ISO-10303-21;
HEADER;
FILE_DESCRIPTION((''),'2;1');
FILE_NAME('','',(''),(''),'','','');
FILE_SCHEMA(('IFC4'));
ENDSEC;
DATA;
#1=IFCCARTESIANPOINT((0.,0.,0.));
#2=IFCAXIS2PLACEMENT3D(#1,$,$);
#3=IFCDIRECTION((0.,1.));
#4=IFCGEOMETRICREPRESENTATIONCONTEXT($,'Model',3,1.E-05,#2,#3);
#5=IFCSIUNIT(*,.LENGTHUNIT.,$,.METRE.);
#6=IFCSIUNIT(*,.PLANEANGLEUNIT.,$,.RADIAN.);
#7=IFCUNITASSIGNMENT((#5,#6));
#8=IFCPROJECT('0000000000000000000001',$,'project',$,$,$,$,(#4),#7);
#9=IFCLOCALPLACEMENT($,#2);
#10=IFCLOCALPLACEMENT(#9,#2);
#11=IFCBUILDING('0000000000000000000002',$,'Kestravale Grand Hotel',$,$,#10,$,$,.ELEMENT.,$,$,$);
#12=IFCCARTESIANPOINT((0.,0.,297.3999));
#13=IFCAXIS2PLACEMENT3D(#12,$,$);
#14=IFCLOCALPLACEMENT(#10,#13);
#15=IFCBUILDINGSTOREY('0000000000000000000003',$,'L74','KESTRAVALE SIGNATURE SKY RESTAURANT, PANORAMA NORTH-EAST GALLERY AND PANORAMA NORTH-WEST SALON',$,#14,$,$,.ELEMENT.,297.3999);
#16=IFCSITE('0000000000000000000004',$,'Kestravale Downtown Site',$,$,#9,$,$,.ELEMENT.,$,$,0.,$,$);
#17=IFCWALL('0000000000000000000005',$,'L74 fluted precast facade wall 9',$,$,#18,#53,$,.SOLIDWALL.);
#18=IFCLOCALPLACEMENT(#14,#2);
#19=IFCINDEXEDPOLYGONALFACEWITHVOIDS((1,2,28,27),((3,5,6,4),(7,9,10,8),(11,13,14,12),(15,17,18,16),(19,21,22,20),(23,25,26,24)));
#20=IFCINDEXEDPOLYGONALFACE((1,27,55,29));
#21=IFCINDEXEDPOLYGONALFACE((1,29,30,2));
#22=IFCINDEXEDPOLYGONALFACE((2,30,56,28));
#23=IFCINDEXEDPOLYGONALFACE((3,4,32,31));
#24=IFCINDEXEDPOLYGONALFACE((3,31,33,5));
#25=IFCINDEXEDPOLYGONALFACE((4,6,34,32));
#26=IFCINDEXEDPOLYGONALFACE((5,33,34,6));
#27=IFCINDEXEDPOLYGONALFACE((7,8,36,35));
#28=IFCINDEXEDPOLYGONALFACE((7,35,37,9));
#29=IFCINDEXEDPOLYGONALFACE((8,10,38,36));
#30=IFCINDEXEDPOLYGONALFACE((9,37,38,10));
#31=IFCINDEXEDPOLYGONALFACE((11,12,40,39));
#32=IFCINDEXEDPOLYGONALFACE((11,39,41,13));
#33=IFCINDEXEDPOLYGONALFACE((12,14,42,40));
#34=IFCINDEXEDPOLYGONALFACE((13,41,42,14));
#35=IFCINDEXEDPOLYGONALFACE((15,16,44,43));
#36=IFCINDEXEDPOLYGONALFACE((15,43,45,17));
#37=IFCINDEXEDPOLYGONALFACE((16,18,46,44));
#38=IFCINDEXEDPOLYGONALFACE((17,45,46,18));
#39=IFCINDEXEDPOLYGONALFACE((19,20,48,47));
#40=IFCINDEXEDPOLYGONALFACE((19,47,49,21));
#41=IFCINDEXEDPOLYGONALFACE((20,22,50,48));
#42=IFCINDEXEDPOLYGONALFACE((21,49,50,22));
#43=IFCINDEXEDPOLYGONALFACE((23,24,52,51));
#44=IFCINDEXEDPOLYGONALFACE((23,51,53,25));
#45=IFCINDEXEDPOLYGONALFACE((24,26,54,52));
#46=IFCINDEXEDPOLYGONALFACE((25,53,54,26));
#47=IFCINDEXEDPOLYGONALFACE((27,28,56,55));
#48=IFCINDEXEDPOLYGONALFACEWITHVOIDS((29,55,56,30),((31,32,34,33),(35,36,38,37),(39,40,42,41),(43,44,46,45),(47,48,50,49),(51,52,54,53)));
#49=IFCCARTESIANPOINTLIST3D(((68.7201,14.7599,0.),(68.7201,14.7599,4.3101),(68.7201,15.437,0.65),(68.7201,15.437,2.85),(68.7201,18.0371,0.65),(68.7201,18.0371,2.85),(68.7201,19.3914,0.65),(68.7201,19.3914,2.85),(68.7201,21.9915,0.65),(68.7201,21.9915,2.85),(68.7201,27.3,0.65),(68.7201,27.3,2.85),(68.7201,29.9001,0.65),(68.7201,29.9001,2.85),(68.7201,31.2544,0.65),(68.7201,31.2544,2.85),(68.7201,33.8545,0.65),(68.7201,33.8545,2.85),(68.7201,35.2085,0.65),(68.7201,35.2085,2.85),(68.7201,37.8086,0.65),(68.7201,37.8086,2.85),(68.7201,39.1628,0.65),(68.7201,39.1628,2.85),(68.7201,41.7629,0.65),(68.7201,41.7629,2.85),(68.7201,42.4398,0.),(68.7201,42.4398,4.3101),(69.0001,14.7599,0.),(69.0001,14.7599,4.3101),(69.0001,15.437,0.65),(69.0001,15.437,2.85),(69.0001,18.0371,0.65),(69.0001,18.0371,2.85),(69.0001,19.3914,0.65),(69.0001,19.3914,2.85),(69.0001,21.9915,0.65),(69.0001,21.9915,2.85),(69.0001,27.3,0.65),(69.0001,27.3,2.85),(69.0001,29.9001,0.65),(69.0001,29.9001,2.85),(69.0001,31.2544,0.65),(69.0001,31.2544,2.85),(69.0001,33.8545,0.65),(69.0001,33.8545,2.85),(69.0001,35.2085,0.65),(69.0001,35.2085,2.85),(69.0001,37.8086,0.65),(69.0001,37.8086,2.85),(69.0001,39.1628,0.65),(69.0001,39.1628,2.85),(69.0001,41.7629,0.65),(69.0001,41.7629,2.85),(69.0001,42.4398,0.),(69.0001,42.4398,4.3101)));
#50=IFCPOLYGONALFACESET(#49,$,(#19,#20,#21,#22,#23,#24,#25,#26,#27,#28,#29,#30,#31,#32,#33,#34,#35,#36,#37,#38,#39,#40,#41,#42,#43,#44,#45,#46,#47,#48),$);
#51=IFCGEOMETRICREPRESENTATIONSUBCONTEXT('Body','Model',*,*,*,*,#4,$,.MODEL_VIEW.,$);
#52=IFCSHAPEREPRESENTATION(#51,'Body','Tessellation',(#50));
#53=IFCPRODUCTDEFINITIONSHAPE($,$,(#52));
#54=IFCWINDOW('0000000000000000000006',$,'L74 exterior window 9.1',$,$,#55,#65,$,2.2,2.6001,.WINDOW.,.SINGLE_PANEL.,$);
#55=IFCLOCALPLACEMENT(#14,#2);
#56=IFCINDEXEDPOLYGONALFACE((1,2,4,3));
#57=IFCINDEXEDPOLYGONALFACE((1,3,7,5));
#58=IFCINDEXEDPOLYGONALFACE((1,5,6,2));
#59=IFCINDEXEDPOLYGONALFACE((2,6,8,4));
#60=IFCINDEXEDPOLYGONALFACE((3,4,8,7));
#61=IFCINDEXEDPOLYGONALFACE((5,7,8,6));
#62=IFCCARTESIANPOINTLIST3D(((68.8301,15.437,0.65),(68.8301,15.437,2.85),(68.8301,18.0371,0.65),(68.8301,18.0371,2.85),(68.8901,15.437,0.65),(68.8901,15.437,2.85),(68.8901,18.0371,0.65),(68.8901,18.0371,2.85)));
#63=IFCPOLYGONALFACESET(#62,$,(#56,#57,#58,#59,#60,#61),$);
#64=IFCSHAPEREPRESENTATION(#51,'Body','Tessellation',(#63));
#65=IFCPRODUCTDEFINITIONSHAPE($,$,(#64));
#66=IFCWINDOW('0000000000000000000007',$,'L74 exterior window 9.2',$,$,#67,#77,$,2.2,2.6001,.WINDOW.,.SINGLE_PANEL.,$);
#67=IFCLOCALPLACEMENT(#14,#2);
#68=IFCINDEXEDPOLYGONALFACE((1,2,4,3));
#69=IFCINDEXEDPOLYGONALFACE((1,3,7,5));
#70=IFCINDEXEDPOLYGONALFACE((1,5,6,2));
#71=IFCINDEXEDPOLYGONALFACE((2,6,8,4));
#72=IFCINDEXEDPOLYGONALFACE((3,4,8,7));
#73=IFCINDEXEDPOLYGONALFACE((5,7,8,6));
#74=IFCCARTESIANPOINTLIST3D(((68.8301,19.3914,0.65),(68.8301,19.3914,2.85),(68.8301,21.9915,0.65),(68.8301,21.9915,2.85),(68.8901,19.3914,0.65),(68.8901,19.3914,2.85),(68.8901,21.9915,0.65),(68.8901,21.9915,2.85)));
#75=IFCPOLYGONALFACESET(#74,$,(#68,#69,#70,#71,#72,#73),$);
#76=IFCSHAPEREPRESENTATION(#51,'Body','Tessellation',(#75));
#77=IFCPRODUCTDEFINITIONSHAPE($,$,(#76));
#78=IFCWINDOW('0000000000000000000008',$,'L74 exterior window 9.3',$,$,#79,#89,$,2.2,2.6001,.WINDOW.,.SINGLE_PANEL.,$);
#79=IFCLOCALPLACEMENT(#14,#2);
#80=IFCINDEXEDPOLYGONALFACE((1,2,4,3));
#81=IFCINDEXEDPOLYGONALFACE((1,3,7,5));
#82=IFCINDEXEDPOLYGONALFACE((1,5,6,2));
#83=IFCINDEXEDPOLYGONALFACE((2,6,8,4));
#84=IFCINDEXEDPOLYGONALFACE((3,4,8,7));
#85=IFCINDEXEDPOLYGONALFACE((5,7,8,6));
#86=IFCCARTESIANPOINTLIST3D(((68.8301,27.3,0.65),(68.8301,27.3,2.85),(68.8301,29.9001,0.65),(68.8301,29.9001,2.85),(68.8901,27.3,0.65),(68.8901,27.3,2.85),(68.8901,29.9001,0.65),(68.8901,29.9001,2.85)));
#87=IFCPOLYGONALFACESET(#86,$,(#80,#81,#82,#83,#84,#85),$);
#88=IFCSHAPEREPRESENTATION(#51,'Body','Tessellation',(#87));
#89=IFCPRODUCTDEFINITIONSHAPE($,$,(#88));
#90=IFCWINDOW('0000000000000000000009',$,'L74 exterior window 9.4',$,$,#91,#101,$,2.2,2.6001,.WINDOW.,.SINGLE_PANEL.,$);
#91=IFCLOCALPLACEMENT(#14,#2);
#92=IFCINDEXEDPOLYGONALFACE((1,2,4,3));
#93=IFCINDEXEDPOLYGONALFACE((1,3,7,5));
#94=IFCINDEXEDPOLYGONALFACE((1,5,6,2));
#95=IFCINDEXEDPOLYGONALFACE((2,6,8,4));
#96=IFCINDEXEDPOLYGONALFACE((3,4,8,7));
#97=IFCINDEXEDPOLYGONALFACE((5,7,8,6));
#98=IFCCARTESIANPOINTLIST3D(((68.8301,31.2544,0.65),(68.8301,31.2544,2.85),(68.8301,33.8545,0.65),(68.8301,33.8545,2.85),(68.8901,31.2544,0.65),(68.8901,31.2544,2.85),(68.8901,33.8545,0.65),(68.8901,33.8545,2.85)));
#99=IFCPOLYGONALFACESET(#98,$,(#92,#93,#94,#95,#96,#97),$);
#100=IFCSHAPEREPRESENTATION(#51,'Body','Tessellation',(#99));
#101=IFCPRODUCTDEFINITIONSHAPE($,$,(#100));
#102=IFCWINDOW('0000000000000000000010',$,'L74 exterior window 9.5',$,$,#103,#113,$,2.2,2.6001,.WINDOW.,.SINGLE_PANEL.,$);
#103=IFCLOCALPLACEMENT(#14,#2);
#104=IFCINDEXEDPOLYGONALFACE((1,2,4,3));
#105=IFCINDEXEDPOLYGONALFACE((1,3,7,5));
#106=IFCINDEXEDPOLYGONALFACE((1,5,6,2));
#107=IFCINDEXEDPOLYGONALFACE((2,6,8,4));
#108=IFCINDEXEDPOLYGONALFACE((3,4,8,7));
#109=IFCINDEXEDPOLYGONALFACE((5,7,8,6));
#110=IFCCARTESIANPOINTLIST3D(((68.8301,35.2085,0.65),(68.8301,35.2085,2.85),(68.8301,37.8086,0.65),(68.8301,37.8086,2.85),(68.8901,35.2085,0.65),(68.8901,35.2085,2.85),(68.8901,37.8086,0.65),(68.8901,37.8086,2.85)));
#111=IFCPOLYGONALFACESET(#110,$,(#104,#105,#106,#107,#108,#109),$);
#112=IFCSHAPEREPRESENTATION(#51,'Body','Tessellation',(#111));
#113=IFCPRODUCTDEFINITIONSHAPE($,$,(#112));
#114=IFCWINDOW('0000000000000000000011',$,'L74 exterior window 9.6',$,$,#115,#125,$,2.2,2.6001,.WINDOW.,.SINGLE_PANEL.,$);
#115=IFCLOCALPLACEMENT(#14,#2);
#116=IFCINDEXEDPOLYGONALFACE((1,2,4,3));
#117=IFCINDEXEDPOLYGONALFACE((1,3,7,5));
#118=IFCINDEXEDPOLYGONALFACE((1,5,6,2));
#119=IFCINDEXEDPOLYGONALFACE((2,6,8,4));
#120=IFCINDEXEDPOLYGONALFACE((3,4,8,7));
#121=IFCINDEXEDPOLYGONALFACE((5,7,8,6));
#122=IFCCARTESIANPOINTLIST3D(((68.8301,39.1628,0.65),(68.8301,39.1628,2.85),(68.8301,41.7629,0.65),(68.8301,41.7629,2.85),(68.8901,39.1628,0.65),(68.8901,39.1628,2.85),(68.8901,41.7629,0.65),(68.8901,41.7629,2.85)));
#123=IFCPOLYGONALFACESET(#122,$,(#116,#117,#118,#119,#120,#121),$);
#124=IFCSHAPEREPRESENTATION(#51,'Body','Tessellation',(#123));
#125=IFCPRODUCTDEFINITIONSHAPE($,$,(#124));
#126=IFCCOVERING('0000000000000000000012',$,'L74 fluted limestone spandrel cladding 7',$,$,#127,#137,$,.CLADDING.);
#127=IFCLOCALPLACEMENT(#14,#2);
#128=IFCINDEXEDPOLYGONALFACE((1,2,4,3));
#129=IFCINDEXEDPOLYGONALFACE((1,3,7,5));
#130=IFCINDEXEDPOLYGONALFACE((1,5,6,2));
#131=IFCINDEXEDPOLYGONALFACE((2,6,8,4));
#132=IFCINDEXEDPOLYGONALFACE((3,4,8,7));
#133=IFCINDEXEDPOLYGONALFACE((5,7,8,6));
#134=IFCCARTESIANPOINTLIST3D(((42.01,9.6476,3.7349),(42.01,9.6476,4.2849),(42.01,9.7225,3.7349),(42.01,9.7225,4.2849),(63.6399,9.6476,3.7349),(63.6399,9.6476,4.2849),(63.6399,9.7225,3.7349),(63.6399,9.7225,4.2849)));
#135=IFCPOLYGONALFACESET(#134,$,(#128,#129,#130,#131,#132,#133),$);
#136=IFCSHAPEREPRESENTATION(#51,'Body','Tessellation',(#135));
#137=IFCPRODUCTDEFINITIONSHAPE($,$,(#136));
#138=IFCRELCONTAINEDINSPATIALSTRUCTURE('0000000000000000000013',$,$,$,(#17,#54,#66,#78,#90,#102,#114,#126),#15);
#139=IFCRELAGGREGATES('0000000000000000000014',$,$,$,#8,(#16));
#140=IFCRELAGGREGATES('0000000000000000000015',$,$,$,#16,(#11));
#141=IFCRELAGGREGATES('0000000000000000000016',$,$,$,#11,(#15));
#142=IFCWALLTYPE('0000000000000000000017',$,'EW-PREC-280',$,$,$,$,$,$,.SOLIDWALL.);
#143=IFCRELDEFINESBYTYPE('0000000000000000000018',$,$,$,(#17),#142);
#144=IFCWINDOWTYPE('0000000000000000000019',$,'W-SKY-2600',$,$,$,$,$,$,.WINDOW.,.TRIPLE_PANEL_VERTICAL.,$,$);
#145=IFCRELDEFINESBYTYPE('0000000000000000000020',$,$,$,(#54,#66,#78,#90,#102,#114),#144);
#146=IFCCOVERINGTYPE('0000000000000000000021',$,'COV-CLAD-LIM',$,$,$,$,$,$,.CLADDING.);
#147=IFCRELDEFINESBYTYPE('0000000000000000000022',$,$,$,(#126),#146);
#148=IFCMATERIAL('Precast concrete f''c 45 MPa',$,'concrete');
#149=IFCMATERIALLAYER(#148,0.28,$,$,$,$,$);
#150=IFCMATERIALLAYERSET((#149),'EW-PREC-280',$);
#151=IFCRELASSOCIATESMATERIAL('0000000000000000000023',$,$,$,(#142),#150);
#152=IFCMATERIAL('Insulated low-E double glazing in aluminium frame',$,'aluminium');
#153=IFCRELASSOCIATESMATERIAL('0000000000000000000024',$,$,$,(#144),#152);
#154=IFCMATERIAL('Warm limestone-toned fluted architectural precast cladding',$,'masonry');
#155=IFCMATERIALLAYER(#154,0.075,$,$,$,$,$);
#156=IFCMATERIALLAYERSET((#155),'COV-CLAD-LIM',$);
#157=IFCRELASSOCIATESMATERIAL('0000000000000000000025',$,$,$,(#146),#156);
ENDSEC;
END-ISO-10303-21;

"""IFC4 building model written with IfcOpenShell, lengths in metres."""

from ifc_helpers import new_model, si_unit, direction, frame, frame_2d, origin, origin_2d, place, context, subcontext, project, spatial, rectangle, extrude, material, layer, layer_set, type_object, element, fill, save


model = new_model("IFC4")

# Units and contexts
model_context = context("Model", 3, precision=1e-05, world=origin(), true_north=direction((0.0, 1.0)))
body_context = subcontext(model_context, "Body", "Model", "MODEL_VIEW")
ifc_project = project(units=[si_unit("LENGTHUNIT", "METRE"), si_unit("PLANEANGLEUNIT", "RADIAN")], contexts=[model_context])

# Site, building, storey
site_placement = place(None, origin())
site = spatial("IfcSite", under=ifc_project, at=site_placement, Name="Kestravale Downtown Site", CompositionType="ELEMENT", RefElevation=0.0)
building_placement = place(site_placement, origin())
building = spatial("IfcBuilding", under=site, at=building_placement, Name="Kestravale Grand Hotel", CompositionType="ELEMENT")
storey_placement = place(building_placement, frame((0.0, 0.0, 297.3999)))
storey = spatial("IfcBuildingStorey", under=building, at=storey_placement, Name="L74", Description="KESTRAVALE SIGNATURE SKY RESTAURANT, PANORAMA NORTH-EAST GALLERY AND PANORAMA NORTH-WEST SALON", CompositionType="ELEMENT", Elevation=297.3999)

# Shared definitions
ifc_material_1 = material(Name="Precast concrete f'c 45 MPa", Category="concrete")
ifc_layer_1 = layer(ifc_material_1, 0.28)
ifc_layer_set_1 = layer_set([ifc_layer_1], Name="EW-PREC-280")
wall_type = type_object("IfcWallType", Name="EW-PREC-280", PredefinedType="SOLIDWALL", material=ifc_layer_set_1)

# Wall, openings, windows
wall_1_placement = place(storey_placement, frame((68.8601, 14.76, 0.0), z_axis=(0.0, 0.0, 1.0), x_axis=(0.0, 1.0, 0.0)))
wall_1 = element("IfcWall", 1, at=wall_1_placement, inside=storey, type_object=wall_type, Name="L74 fluted precast facade wall 9", PredefinedType="SOLIDWALL", context=body_context, shape_type="SweptSolid", body=[
    extrude(rectangle(XDim=27.6799, YDim=0.28, at=frame_2d((13.8398, 0.0))), origin(), (0.0, 0.0, 1.0), 4.3101),
])
opening_1_placement = place(wall_1_placement, frame((0.677, 0.0, 0.6499)))
opening_1 = element("IfcOpeningElement", 2, at=opening_1_placement, cuts=wall_1, PredefinedType="OPENING", context=body_context, shape_type="SweptSolid", body=[
    extrude(rectangle(XDim=2.6001, YDim=2.2, at=frame_2d((1.3, 1.1001))), frame((0.0, 0.1499, 0.0), z_axis=(0.0, -1.0, 0.0), x_axis=(1.0, 0.0, 0.0)), (0.0, 0.0, 1.0), 0.3),
])
opening_2_placement = place(wall_1_placement, frame((4.6313, 0.0, 0.6499)))
opening_2 = element("IfcOpeningElement", 3, at=opening_2_placement, cuts=wall_1, PredefinedType="OPENING", context=body_context, shape_type="SweptSolid", body=[
    extrude(rectangle(XDim=2.6001, YDim=2.2, at=frame_2d((1.3, 1.1001))), frame((0.0, 0.1499, 0.0), z_axis=(0.0, -1.0, 0.0), x_axis=(1.0, 0.0, 0.0)), (0.0, 0.0, 1.0), 0.3),
])
opening_3_placement = place(wall_1_placement, frame((12.54, 0.0, 0.6499)))
opening_3 = element("IfcOpeningElement", 4, at=opening_3_placement, cuts=wall_1, PredefinedType="OPENING", context=body_context, shape_type="SweptSolid", body=[
    extrude(rectangle(XDim=2.6001, YDim=2.2, at=frame_2d((1.3, 1.1001))), frame((0.0, 0.1499, 0.0), z_axis=(0.0, -1.0, 0.0), x_axis=(1.0, 0.0, 0.0)), (0.0, 0.0, 1.0), 0.3),
])
opening_4_placement = place(wall_1_placement, frame((16.4944, 0.0, 0.6499)))
opening_4 = element("IfcOpeningElement", 5, at=opening_4_placement, cuts=wall_1, PredefinedType="OPENING", context=body_context, shape_type="SweptSolid", body=[
    extrude(rectangle(XDim=2.6001, YDim=2.2, at=frame_2d((1.3, 1.1001))), frame((0.0, 0.1499, 0.0), z_axis=(0.0, -1.0, 0.0), x_axis=(1.0, 0.0, 0.0)), (0.0, 0.0, 1.0), 0.3),
])
opening_5_placement = place(wall_1_placement, frame((20.4485, 0.0, 0.6499)))
opening_5 = element("IfcOpeningElement", 6, at=opening_5_placement, cuts=wall_1, PredefinedType="OPENING", context=body_context, shape_type="SweptSolid", body=[
    extrude(rectangle(XDim=2.6001, YDim=2.2, at=frame_2d((1.3, 1.1001))), frame((0.0, 0.1499, 0.0), z_axis=(0.0, -1.0, 0.0), x_axis=(1.0, 0.0, 0.0)), (0.0, 0.0, 1.0), 0.3),
])
opening_6_placement = place(wall_1_placement, frame((24.4028, 0.0, 0.6499)))
opening_6 = element("IfcOpeningElement", 7, at=opening_6_placement, cuts=wall_1, PredefinedType="OPENING", context=body_context, shape_type="SweptSolid", body=[
    extrude(rectangle(XDim=2.6001, YDim=2.2, at=frame_2d((1.3, 1.1001))), frame((0.0, 0.1499, 0.0), z_axis=(0.0, -1.0, 0.0), x_axis=(1.0, 0.0, 0.0)), (0.0, 0.0, 1.0), 0.3),
])
ifc_material_2 = material(Name="Insulated low-E double glazing in aluminium frame", Category="aluminium")
window_type = type_object("IfcWindowType", Name="W-SKY-2600", PartitioningType="TRIPLE_PANEL_VERTICAL", PredefinedType="WINDOW", material=ifc_material_2)
window_1_placement = place(opening_1_placement, origin())
window_1 = element("IfcWindow", 8, at=window_1_placement, inside=storey, type_object=window_type, Name="L74 exterior window 9.1", OverallHeight=2.2, OverallWidth=2.6001, PartitioningType="SINGLE_PANEL", PredefinedType="WINDOW", context=body_context, shape_type="SweptSolid", body=[
    extrude(rectangle(XDim=2.6001, YDim=2.2, at=frame_2d((1.3, 1.1001))), frame((0.0, 0.03, 0.0), z_axis=(0.0, -1.0, 0.0), x_axis=(1.0, 0.0, 0.0)), (0.0, 0.0, 1.0), 0.0601),
])
fill(opening_1, window_1)
window_2_placement = place(opening_2_placement, origin())
window_2 = element("IfcWindow", 9, at=window_2_placement, inside=storey, type_object=window_type, Name="L74 exterior window 9.2", OverallHeight=2.2, OverallWidth=2.6001, PartitioningType="SINGLE_PANEL", PredefinedType="WINDOW", context=body_context, shape_type="SweptSolid", body=[
    extrude(rectangle(XDim=2.6001, YDim=2.2, at=frame_2d((1.3, 1.1001))), frame((0.0, 0.03, 0.0), z_axis=(0.0, -1.0, 0.0), x_axis=(1.0, 0.0, 0.0)), (0.0, 0.0, 1.0), 0.0601),
])
fill(opening_2, window_2)
window_3_placement = place(opening_3_placement, origin())
window_3 = element("IfcWindow", 10, at=window_3_placement, inside=storey, type_object=window_type, Name="L74 exterior window 9.3", OverallHeight=2.2, OverallWidth=2.6001, PartitioningType="SINGLE_PANEL", PredefinedType="WINDOW", context=body_context, shape_type="SweptSolid", body=[
    extrude(rectangle(XDim=2.6001, YDim=2.2, at=frame_2d((1.3, 1.1001))), frame((0.0, 0.03, 0.0), z_axis=(0.0, -1.0, 0.0), x_axis=(1.0, 0.0, 0.0)), (0.0, 0.0, 1.0), 0.0601),
])
fill(opening_3, window_3)
window_4_placement = place(opening_4_placement, origin())
window_4 = element("IfcWindow", 11, at=window_4_placement, inside=storey, type_object=window_type, Name="L74 exterior window 9.4", OverallHeight=2.2, OverallWidth=2.6001, PartitioningType="SINGLE_PANEL", PredefinedType="WINDOW", context=body_context, shape_type="SweptSolid", body=[
    extrude(rectangle(XDim=2.6001, YDim=2.2, at=frame_2d((1.3, 1.1001))), frame((0.0, 0.03, 0.0), z_axis=(0.0, -1.0, 0.0), x_axis=(1.0, 0.0, 0.0)), (0.0, 0.0, 1.0), 0.0601),
])
fill(opening_4, window_4)
window_5_placement = place(opening_5_placement, origin())
window_5 = element("IfcWindow", 12, at=window_5_placement, inside=storey, type_object=window_type, Name="L74 exterior window 9.5", OverallHeight=2.2, OverallWidth=2.6001, PartitioningType="SINGLE_PANEL", PredefinedType="WINDOW", context=body_context, shape_type="SweptSolid", body=[
    extrude(rectangle(XDim=2.6001, YDim=2.2, at=frame_2d((1.3, 1.1001))), frame((0.0, 0.03, 0.0), z_axis=(0.0, -1.0, 0.0), x_axis=(1.0, 0.0, 0.0)), (0.0, 0.0, 1.0), 0.0601),
])
fill(opening_5, window_5)
window_6_placement = place(opening_6_placement, origin())
window_6 = element("IfcWindow", 13, at=window_6_placement, inside=storey, type_object=window_type, Name="L74 exterior window 9.6", OverallHeight=2.2, OverallWidth=2.6001, PartitioningType="SINGLE_PANEL", PredefinedType="WINDOW", context=body_context, shape_type="SweptSolid", body=[
    extrude(rectangle(XDim=2.6001, YDim=2.2, at=frame_2d((1.3, 1.1001))), frame((0.0, 0.03, 0.0), z_axis=(0.0, -1.0, 0.0), x_axis=(1.0, 0.0, 0.0)), (0.0, 0.0, 1.0), 0.0601),
])
fill(opening_6, window_6)

# Covering
ifc_material_3 = material(Name="Warm limestone-toned fluted architectural precast cladding", Category="masonry")
ifc_layer_2 = layer(ifc_material_3, 0.075)
ifc_layer_set_2 = layer_set([ifc_layer_2], Name="COV-CLAD-LIM")
covering_type = type_object("IfcCoveringType", Name="COV-CLAD-LIM", PredefinedType="CLADDING", material=ifc_layer_set_2)
covering_placement = place(storey_placement, frame((52.825, 9.6851, 3.7349), z_axis=(0.0, 0.0, 1.0), x_axis=(1.0, 0.0, 0.0)))
element("IfcCovering", 14, at=covering_placement, inside=storey, type_object=covering_type, Name="L74 fluted limestone spandrel cladding 7", PredefinedType="CLADDING", context=body_context, shape_type="SweptSolid", body=[
    extrude(rectangle(XDim=21.6299, YDim=0.075, at=origin_2d()), origin(), (0.0, 0.0, 1.0), 0.55),
])

save(model, "model.ifc")
